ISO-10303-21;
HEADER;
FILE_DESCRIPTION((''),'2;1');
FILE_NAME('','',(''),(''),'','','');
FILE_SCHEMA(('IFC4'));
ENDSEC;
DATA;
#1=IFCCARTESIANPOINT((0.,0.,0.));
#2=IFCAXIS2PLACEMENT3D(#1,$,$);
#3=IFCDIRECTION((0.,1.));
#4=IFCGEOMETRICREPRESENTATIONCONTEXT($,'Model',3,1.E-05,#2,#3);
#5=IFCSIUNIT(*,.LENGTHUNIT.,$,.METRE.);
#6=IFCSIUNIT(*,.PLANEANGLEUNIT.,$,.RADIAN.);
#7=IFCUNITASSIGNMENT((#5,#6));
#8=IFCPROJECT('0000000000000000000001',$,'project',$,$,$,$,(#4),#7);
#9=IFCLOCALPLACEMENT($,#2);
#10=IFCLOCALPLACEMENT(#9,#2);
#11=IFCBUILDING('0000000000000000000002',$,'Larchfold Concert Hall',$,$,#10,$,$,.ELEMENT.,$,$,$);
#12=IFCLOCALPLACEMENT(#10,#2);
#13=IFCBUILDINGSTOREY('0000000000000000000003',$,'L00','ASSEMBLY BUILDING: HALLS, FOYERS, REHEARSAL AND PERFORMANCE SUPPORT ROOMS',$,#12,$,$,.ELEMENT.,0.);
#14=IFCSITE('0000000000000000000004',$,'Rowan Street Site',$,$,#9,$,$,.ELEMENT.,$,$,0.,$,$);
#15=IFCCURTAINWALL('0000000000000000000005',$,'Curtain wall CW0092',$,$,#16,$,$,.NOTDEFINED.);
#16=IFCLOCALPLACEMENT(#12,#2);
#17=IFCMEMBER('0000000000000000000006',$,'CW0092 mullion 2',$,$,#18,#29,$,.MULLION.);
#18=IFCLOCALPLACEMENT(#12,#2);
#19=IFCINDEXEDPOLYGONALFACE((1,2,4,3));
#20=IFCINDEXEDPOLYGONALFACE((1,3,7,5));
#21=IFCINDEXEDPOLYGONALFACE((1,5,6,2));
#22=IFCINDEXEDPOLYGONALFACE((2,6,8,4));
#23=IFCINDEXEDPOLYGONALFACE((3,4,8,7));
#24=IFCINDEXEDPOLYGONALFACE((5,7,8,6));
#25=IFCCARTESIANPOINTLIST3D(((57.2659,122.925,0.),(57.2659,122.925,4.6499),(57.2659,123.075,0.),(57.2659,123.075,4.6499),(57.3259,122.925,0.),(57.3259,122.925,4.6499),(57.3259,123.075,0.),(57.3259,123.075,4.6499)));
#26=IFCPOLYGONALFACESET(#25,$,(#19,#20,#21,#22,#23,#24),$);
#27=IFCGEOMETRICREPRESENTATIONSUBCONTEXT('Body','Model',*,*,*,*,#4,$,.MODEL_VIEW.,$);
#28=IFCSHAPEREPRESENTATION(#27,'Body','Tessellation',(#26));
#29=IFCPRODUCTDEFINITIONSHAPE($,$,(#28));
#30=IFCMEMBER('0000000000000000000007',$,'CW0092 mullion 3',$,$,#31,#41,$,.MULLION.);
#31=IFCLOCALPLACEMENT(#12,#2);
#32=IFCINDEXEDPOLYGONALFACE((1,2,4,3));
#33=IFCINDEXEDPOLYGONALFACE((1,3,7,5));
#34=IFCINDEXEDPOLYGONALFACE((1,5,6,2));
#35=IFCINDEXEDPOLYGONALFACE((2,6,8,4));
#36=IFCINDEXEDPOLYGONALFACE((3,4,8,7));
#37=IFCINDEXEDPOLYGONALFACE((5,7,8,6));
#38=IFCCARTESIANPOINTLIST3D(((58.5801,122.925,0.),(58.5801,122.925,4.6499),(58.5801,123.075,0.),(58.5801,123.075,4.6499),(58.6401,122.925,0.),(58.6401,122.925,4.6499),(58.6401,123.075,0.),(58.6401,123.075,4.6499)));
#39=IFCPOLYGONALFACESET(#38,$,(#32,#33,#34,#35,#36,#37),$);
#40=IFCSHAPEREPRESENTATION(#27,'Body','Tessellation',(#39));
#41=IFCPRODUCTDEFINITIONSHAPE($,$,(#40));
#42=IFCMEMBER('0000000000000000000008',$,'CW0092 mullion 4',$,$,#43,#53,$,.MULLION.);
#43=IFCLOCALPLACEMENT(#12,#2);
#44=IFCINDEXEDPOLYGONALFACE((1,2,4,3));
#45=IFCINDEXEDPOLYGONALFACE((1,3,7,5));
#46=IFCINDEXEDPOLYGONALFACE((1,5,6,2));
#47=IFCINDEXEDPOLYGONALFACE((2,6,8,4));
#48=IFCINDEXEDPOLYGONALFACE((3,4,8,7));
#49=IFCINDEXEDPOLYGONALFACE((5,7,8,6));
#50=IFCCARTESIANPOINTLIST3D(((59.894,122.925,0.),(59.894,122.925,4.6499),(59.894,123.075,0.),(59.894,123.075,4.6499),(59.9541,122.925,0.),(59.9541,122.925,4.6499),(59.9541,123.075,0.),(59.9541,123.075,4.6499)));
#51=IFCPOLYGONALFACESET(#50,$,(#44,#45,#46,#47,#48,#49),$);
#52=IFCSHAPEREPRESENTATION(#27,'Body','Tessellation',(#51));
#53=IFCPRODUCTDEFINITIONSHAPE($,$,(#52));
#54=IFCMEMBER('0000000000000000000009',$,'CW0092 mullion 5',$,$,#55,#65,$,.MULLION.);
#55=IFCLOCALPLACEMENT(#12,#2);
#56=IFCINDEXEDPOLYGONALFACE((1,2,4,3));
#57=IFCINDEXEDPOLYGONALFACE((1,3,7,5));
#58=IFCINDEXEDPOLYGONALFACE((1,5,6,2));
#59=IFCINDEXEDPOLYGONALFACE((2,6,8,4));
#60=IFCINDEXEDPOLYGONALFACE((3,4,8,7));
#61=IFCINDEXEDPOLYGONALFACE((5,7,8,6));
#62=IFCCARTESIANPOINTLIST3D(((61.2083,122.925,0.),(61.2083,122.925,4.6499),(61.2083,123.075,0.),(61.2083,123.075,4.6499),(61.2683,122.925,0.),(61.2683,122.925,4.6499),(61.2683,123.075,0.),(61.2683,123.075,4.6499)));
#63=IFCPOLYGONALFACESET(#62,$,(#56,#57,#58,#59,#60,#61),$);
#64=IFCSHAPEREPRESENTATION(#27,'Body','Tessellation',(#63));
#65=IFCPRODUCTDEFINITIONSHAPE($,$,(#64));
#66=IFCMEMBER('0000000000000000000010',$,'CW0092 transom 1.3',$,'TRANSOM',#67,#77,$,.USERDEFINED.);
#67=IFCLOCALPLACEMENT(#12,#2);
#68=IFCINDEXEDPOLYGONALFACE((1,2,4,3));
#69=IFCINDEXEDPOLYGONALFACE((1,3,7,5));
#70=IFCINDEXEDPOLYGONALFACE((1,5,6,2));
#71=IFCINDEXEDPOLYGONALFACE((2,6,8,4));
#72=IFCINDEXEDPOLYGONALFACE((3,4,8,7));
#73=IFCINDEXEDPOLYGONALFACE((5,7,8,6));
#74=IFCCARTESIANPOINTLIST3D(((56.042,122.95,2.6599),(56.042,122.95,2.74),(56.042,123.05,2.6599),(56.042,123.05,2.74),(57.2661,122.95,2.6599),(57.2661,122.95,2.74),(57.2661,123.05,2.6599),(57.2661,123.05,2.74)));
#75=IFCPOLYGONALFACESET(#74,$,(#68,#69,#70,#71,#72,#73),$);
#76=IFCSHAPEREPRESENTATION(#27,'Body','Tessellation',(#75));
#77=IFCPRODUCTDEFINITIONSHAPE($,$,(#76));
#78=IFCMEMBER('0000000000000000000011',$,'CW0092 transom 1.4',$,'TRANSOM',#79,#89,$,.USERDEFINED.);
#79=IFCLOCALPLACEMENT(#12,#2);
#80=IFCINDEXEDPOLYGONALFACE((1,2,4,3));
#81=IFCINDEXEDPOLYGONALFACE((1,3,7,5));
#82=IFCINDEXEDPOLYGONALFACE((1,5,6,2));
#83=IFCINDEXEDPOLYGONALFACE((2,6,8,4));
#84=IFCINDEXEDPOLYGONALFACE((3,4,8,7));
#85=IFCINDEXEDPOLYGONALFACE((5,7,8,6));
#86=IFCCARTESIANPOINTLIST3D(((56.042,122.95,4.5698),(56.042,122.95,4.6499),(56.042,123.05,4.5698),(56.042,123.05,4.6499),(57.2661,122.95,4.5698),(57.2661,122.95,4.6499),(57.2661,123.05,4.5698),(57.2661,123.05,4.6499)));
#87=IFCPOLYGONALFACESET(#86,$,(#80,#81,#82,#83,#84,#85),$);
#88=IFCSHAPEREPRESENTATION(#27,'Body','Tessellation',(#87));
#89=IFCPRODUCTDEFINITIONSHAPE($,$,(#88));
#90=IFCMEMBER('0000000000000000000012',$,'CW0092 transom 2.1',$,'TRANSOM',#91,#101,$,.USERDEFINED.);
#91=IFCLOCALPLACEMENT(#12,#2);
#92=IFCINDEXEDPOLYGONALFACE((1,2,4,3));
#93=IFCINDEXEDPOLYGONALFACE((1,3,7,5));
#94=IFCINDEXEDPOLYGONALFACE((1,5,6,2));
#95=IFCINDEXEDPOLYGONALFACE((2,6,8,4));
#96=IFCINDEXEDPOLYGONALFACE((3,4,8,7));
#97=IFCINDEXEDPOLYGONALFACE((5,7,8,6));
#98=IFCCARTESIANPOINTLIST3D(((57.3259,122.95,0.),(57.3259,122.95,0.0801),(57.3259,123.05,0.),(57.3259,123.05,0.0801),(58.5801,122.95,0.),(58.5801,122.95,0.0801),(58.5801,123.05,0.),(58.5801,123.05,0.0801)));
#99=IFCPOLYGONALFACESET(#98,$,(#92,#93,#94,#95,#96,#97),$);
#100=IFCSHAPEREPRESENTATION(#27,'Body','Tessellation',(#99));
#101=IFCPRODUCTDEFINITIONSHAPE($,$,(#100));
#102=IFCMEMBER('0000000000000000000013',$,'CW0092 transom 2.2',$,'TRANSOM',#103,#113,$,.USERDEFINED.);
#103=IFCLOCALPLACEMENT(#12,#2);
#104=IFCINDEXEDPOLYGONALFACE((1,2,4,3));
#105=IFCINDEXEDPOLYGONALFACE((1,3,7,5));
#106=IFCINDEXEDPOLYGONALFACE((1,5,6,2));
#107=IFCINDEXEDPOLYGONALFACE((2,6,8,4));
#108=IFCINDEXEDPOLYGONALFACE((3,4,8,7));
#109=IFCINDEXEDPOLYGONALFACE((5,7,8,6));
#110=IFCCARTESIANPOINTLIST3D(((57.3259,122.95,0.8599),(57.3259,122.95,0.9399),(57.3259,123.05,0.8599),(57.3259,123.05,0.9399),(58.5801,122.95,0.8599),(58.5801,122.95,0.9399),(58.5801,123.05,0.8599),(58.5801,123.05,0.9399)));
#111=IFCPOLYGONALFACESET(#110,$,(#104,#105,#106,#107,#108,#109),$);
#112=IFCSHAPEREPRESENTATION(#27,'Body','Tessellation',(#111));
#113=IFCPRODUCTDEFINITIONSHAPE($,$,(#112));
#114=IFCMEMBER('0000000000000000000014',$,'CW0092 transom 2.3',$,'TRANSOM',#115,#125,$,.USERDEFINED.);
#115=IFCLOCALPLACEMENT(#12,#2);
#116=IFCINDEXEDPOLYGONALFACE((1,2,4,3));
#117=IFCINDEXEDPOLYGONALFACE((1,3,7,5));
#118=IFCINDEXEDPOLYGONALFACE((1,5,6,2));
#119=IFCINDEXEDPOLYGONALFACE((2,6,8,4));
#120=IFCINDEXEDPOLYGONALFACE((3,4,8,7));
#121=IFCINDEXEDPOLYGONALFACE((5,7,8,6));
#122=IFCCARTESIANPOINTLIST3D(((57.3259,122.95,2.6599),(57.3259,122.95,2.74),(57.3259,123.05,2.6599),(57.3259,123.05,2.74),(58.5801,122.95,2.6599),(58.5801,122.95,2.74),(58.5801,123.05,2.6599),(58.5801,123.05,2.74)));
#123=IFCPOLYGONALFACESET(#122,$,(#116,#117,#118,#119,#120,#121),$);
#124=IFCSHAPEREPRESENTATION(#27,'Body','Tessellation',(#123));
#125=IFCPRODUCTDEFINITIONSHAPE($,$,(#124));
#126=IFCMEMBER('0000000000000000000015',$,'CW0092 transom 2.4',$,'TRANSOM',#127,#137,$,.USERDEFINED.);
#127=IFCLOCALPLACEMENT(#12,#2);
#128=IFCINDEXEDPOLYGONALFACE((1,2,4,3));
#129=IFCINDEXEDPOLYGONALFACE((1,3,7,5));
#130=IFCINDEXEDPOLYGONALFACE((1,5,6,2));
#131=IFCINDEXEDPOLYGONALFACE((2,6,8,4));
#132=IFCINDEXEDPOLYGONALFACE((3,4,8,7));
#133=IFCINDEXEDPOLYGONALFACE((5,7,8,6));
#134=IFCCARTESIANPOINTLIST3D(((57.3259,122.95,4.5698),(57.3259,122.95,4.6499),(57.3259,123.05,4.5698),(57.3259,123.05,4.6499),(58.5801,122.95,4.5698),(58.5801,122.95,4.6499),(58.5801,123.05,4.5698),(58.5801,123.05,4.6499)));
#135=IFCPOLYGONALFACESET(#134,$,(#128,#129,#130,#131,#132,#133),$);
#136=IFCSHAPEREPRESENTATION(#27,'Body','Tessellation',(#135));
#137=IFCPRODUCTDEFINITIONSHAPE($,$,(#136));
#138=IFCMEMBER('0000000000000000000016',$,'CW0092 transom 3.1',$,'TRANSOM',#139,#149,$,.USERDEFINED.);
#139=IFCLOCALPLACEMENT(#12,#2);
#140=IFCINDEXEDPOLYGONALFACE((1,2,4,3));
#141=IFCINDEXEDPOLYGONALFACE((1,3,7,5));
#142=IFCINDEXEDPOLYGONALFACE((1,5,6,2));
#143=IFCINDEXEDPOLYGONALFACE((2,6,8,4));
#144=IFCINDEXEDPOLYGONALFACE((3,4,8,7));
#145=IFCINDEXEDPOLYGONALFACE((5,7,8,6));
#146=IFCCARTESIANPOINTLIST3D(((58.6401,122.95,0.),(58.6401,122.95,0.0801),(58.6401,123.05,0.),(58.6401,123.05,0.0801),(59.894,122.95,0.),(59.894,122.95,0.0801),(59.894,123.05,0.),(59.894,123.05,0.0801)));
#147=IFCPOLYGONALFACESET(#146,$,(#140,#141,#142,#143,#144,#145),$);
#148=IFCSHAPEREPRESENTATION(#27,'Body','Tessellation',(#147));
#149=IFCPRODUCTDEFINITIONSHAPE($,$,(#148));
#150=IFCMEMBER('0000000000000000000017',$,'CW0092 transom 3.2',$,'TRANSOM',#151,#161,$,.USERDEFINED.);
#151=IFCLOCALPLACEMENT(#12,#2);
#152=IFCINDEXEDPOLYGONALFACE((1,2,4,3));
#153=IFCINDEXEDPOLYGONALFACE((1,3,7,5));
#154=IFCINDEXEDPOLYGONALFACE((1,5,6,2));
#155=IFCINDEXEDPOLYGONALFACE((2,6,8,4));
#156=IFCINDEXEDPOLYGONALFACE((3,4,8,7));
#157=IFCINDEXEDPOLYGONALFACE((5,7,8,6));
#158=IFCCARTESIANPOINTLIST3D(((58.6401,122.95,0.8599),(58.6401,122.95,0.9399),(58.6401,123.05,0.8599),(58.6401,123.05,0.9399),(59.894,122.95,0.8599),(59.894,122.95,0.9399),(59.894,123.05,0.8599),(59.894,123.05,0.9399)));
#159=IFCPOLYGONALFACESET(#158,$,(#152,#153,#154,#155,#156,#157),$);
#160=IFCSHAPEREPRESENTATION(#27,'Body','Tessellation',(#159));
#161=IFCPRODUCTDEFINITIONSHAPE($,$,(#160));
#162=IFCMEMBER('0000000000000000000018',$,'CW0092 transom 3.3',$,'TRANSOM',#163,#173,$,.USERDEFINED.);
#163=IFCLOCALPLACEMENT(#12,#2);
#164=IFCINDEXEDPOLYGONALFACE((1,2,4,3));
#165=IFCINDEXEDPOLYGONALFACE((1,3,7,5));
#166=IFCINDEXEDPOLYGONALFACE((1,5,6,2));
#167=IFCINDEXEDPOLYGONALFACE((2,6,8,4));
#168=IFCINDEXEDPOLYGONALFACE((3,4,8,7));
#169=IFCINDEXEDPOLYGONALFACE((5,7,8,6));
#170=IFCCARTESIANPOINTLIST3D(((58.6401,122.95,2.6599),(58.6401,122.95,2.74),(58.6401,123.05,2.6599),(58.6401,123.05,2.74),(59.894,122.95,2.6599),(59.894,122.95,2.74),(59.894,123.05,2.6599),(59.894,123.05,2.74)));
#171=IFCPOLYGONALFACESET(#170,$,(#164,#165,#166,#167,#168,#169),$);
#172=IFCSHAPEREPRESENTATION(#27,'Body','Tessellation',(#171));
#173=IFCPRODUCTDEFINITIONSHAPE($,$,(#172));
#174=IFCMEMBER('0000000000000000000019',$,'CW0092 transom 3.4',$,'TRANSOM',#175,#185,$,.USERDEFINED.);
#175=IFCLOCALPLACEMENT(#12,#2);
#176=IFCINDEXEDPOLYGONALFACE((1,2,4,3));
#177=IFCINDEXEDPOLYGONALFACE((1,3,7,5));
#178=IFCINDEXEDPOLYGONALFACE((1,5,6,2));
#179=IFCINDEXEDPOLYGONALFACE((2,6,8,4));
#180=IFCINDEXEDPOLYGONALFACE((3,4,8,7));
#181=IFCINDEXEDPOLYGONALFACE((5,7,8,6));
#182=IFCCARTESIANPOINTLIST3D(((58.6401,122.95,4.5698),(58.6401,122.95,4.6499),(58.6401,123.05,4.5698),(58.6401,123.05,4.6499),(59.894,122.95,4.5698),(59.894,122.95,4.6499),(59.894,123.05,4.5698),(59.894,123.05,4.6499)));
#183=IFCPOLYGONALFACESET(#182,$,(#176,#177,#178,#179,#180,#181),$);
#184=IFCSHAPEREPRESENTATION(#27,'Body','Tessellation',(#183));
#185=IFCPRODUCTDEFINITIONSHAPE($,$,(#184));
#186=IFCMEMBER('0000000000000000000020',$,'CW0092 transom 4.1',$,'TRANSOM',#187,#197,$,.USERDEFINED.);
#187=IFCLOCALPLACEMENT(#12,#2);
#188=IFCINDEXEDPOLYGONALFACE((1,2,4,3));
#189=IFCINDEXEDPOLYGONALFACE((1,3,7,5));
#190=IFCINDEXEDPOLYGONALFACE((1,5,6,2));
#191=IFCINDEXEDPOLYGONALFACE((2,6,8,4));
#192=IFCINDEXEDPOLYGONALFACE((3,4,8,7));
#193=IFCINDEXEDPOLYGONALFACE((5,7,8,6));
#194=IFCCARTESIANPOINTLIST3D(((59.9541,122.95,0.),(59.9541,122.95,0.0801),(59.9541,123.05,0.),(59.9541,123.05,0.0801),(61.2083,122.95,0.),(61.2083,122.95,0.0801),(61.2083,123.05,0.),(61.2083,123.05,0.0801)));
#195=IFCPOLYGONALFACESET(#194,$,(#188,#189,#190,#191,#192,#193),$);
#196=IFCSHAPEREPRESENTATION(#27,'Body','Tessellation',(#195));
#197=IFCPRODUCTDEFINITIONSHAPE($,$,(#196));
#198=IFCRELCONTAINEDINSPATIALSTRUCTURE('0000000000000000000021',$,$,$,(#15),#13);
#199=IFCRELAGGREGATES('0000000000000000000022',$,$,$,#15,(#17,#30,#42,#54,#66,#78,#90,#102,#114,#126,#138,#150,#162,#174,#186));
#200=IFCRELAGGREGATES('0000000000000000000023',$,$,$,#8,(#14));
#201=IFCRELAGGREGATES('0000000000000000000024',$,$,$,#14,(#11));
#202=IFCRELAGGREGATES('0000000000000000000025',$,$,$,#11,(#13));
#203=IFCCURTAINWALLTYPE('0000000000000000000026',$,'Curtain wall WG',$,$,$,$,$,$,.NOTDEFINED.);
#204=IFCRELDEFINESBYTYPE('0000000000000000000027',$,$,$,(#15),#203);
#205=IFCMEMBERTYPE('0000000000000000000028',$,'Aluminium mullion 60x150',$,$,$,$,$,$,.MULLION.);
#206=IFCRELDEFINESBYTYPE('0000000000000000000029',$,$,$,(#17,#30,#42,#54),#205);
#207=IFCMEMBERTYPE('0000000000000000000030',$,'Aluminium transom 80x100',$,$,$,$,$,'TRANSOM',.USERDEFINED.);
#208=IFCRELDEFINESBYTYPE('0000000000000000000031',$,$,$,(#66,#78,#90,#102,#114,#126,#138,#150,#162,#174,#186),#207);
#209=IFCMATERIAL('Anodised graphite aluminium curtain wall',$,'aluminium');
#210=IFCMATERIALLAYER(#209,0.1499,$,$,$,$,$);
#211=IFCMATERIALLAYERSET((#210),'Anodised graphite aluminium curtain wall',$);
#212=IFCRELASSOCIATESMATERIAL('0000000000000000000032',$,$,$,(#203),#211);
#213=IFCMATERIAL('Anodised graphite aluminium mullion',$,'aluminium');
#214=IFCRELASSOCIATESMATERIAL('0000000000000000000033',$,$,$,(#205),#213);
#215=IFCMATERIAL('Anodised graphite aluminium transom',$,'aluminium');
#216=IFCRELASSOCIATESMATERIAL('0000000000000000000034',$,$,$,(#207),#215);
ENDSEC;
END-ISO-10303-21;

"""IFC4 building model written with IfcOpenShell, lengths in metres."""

from ifc_helpers import new_model, si_unit, direction, frame, origin, origin_2d, place, context, subcontext, project, spatial, rectangle, extrude, material, layer, layer_set, material_profile, profile_set, type_object, element, aggregate, save


model = new_model("IFC4")

# Units and contexts
model_context = context("Model", 3, precision=1e-05, world=origin(), true_north=direction((0.0, 1.0)))
body_context = subcontext(model_context, "Body", "Model", "MODEL_VIEW")
ifc_project = project(units=[si_unit("LENGTHUNIT", "METRE"), si_unit("PLANEANGLEUNIT", "RADIAN")], contexts=[model_context])

# Site, building, storey
site_placement = place(None, origin())
site = spatial("IfcSite", under=ifc_project, at=site_placement, Name="Rowan Street Site", CompositionType="ELEMENT", RefElevation=0.0)
building_placement = place(site_placement, origin())
building = spatial("IfcBuilding", under=site, at=building_placement, Name="Larchfold Concert Hall", CompositionType="ELEMENT")
storey_placement = place(building_placement, origin())
storey = spatial("IfcBuildingStorey", under=building, at=storey_placement, Name="L00", Description="ASSEMBLY BUILDING: HALLS, FOYERS, REHEARSAL AND PERFORMANCE SUPPORT ROOMS", CompositionType="ELEMENT", Elevation=0.0)

# Curtain wall, members
ifc_material_1 = material(Name="Anodised graphite aluminium curtain wall", Category="aluminium")
ifc_layer_1 = layer(ifc_material_1, 0.1499)
ifc_layer_set_1 = layer_set([ifc_layer_1], Name="Anodised graphite aluminium curtain wall")
curtain_wall_type = type_object("IfcCurtainWallType", Name="Curtain wall WG", PredefinedType="NOTDEFINED", material=ifc_layer_set_1)
curtain_wall_placement = place(storey_placement, origin())
curtain_wall = element("IfcCurtainWall", 1, at=curtain_wall_placement, inside=storey, type_object=curtain_wall_type, Name="Curtain wall CW0092", PredefinedType="NOTDEFINED")
ifc_material_2 = material(Name="Anodised graphite aluminium mullion", Category="aluminium")
ifc_material_profile_1 = material_profile(ifc_material_2, rectangle(XDim=0.1499, YDim=0.0601, at=origin_2d()))
ifc_profile_set_1 = profile_set([ifc_material_profile_1], Name="Anodised graphite aluminium mullion")
member_type_1 = type_object("IfcMemberType", Name="Aluminium mullion 60x150", PredefinedType="MULLION", material=ifc_profile_set_1)
member_1_placement = place(storey_placement, frame((57.2959, 123.0, 0.0), z_axis=(0.0, 0.0, 1.0), x_axis=(0.0, 1.0, 0.0)))
member_1 = element("IfcMember", 2, at=member_1_placement, type_object=member_type_1, Name="CW0092 mullion 2", PredefinedType="MULLION", context=body_context, shape_type="SweptSolid", body=[
    extrude(rectangle(XDim=0.1499, YDim=0.0601, at=origin_2d()), origin(), (0.0, 0.0, 1.0), 4.6499),
])
member_2_placement = place(storey_placement, frame((58.6101, 123.0, 0.0), z_axis=(0.0, 0.0, 1.0), x_axis=(0.0, 1.0, 0.0)))
member_2 = element("IfcMember", 3, at=member_2_placement, type_object=member_type_1, Name="CW0092 mullion 3", PredefinedType="MULLION", context=body_context, shape_type="SweptSolid", body=[
    extrude(rectangle(XDim=0.1499, YDim=0.0601, at=origin_2d()), origin(), (0.0, 0.0, 1.0), 4.6499),
])
member_3_placement = place(storey_placement, frame((59.9241, 123.0, 0.0), z_axis=(0.0, 0.0, 1.0), x_axis=(0.0, 1.0, 0.0)))
member_3 = element("IfcMember", 4, at=member_3_placement, type_object=member_type_1, Name="CW0092 mullion 4", PredefinedType="MULLION", context=body_context, shape_type="SweptSolid", body=[
    extrude(rectangle(XDim=0.1499, YDim=0.0601, at=origin_2d()), origin(), (0.0, 0.0, 1.0), 4.6499),
])
member_4_placement = place(storey_placement, frame((61.2383, 123.0, 0.0), z_axis=(0.0, 0.0, 1.0), x_axis=(0.0, 1.0, 0.0)))
member_4 = element("IfcMember", 5, at=member_4_placement, type_object=member_type_1, Name="CW0092 mullion 5", PredefinedType="MULLION", context=body_context, shape_type="SweptSolid", body=[
    extrude(rectangle(XDim=0.1499, YDim=0.0601, at=origin_2d()), origin(), (0.0, 0.0, 1.0), 4.6499),
])
ifc_material_3 = material(Name="Anodised graphite aluminium transom", Category="aluminium")
ifc_material_profile_2 = material_profile(ifc_material_3, rectangle(XDim=0.1001, YDim=0.0801, at=origin_2d()))
ifc_profile_set_2 = profile_set([ifc_material_profile_2], Name="Anodised graphite aluminium transom")
member_type_2 = type_object("IfcMemberType", Name="Aluminium transom 80x100", ElementType="TRANSOM", PredefinedType="USERDEFINED", material=ifc_profile_set_2)
member_5_placement = place(storey_placement, frame((56.042, 123.0, 2.7), z_axis=(1.0, 0.0, 0.0), x_axis=(0.0, 1.0, 0.0)))
member_5 = element("IfcMember", 6, at=member_5_placement, type_object=member_type_2, Name="CW0092 transom 1.3", ObjectType="TRANSOM", PredefinedType="USERDEFINED", context=body_context, shape_type="SweptSolid", body=[
    extrude(rectangle(XDim=0.1001, YDim=0.0801, at=origin_2d()), origin(), (0.0, 0.0, 1.0), 1.2241),
])
member_6_placement = place(storey_placement, frame((56.042, 123.0, 4.6099), z_axis=(1.0, 0.0, 0.0), x_axis=(0.0, 1.0, 0.0)))
member_6 = element("IfcMember", 7, at=member_6_placement, type_object=member_type_2, Name="CW0092 transom 1.4", ObjectType="TRANSOM", PredefinedType="USERDEFINED", context=body_context, shape_type="SweptSolid", body=[
    extrude(rectangle(XDim=0.1001, YDim=0.0801, at=origin_2d()), origin(), (0.0, 0.0, 1.0), 1.2241),
])
member_7_placement = place(storey_placement, frame((57.3259, 123.0, 0.04), z_axis=(1.0, 0.0, 0.0), x_axis=(0.0, 1.0, 0.0)))
member_7 = element("IfcMember", 8, at=member_7_placement, type_object=member_type_2, Name="CW0092 transom 2.1", ObjectType="TRANSOM", PredefinedType="USERDEFINED", context=body_context, shape_type="SweptSolid", body=[
    extrude(rectangle(XDim=0.1001, YDim=0.0801, at=origin_2d()), origin(), (0.0, 0.0, 1.0), 1.2542),
])
member_8_placement = place(storey_placement, frame((57.3259, 123.0, 0.8999), z_axis=(1.0, 0.0, 0.0), x_axis=(0.0, 1.0, 0.0)))
member_8 = element("IfcMember", 9, at=member_8_placement, type_object=member_type_2, Name="CW0092 transom 2.2", ObjectType="TRANSOM", PredefinedType="USERDEFINED", context=body_context, shape_type="SweptSolid", body=[
    extrude(rectangle(XDim=0.1001, YDim=0.0801, at=origin_2d()), origin(), (0.0, 0.0, 1.0), 1.2542),
])
member_9_placement = place(storey_placement, frame((57.3259, 123.0, 2.7), z_axis=(1.0, 0.0, 0.0), x_axis=(0.0, 1.0, 0.0)))
member_9 = element("IfcMember", 10, at=member_9_placement, type_object=member_type_2, Name="CW0092 transom 2.3", ObjectType="TRANSOM", PredefinedType="USERDEFINED", context=body_context, shape_type="SweptSolid", body=[
    extrude(rectangle(XDim=0.1001, YDim=0.0801, at=origin_2d()), origin(), (0.0, 0.0, 1.0), 1.2542),
])
member_10_placement = place(storey_placement, frame((57.3259, 123.0, 4.6099), z_axis=(1.0, 0.0, 0.0), x_axis=(0.0, 1.0, 0.0)))
member_10 = element("IfcMember", 11, at=member_10_placement, type_object=member_type_2, Name="CW0092 transom 2.4", ObjectType="TRANSOM", PredefinedType="USERDEFINED", context=body_context, shape_type="SweptSolid", body=[
    extrude(rectangle(XDim=0.1001, YDim=0.0801, at=origin_2d()), origin(), (0.0, 0.0, 1.0), 1.2542),
])
member_11_placement = place(storey_placement, frame((58.6401, 123.0, 0.04), z_axis=(1.0, 0.0, 0.0), x_axis=(0.0, 1.0, 0.0)))
member_11 = element("IfcMember", 12, at=member_11_placement, type_object=member_type_2, Name="CW0092 transom 3.1", ObjectType="TRANSOM", PredefinedType="USERDEFINED", context=body_context, shape_type="SweptSolid", body=[
    extrude(rectangle(XDim=0.1001, YDim=0.0801, at=origin_2d()), origin(), (0.0, 0.0, 1.0), 1.2539),
])
member_12_placement = place(storey_placement, frame((58.6401, 123.0, 0.8999), z_axis=(1.0, 0.0, 0.0), x_axis=(0.0, 1.0, 0.0)))
member_12 = element("IfcMember", 13, at=member_12_placement, type_object=member_type_2, Name="CW0092 transom 3.2", ObjectType="TRANSOM", PredefinedType="USERDEFINED", context=body_context, shape_type="SweptSolid", body=[
    extrude(rectangle(XDim=0.1001, YDim=0.0801, at=origin_2d()), origin(), (0.0, 0.0, 1.0), 1.2539),
])
member_13_placement = place(storey_placement, frame((58.6401, 123.0, 2.7), z_axis=(1.0, 0.0, 0.0), x_axis=(0.0, 1.0, 0.0)))
member_13 = element("IfcMember", 14, at=member_13_placement, type_object=member_type_2, Name="CW0092 transom 3.3", ObjectType="TRANSOM", PredefinedType="USERDEFINED", context=body_context, shape_type="SweptSolid", body=[
    extrude(rectangle(XDim=0.1001, YDim=0.0801, at=origin_2d()), origin(), (0.0, 0.0, 1.0), 1.2539),
])
member_14_placement = place(storey_placement, frame((58.6401, 123.0, 4.6099), z_axis=(1.0, 0.0, 0.0), x_axis=(0.0, 1.0, 0.0)))
member_14 = element("IfcMember", 15, at=member_14_placement, type_object=member_type_2, Name="CW0092 transom 3.4", ObjectType="TRANSOM", PredefinedType="USERDEFINED", context=body_context, shape_type="SweptSolid", body=[
    extrude(rectangle(XDim=0.1001, YDim=0.0801, at=origin_2d()), origin(), (0.0, 0.0, 1.0), 1.2539),
])
member_15_placement = place(storey_placement, frame((59.9541, 123.0, 0.04), z_axis=(1.0, 0.0, 0.0), x_axis=(0.0, 1.0, 0.0)))
member_15 = element("IfcMember", 16, at=member_15_placement, type_object=member_type_2, Name="CW0092 transom 4.1", ObjectType="TRANSOM", PredefinedType="USERDEFINED", context=body_context, shape_type="SweptSolid", body=[
    extrude(rectangle(XDim=0.1001, YDim=0.0801, at=origin_2d()), origin(), (0.0, 0.0, 1.0), 1.2542),
])
aggregate(curtain_wall, [member_1, member_2, member_3, member_4, member_5, member_6, member_7, member_8, member_9, member_10, member_11, member_12, member_13, member_14, member_15])

save(model, "model.ifc")
